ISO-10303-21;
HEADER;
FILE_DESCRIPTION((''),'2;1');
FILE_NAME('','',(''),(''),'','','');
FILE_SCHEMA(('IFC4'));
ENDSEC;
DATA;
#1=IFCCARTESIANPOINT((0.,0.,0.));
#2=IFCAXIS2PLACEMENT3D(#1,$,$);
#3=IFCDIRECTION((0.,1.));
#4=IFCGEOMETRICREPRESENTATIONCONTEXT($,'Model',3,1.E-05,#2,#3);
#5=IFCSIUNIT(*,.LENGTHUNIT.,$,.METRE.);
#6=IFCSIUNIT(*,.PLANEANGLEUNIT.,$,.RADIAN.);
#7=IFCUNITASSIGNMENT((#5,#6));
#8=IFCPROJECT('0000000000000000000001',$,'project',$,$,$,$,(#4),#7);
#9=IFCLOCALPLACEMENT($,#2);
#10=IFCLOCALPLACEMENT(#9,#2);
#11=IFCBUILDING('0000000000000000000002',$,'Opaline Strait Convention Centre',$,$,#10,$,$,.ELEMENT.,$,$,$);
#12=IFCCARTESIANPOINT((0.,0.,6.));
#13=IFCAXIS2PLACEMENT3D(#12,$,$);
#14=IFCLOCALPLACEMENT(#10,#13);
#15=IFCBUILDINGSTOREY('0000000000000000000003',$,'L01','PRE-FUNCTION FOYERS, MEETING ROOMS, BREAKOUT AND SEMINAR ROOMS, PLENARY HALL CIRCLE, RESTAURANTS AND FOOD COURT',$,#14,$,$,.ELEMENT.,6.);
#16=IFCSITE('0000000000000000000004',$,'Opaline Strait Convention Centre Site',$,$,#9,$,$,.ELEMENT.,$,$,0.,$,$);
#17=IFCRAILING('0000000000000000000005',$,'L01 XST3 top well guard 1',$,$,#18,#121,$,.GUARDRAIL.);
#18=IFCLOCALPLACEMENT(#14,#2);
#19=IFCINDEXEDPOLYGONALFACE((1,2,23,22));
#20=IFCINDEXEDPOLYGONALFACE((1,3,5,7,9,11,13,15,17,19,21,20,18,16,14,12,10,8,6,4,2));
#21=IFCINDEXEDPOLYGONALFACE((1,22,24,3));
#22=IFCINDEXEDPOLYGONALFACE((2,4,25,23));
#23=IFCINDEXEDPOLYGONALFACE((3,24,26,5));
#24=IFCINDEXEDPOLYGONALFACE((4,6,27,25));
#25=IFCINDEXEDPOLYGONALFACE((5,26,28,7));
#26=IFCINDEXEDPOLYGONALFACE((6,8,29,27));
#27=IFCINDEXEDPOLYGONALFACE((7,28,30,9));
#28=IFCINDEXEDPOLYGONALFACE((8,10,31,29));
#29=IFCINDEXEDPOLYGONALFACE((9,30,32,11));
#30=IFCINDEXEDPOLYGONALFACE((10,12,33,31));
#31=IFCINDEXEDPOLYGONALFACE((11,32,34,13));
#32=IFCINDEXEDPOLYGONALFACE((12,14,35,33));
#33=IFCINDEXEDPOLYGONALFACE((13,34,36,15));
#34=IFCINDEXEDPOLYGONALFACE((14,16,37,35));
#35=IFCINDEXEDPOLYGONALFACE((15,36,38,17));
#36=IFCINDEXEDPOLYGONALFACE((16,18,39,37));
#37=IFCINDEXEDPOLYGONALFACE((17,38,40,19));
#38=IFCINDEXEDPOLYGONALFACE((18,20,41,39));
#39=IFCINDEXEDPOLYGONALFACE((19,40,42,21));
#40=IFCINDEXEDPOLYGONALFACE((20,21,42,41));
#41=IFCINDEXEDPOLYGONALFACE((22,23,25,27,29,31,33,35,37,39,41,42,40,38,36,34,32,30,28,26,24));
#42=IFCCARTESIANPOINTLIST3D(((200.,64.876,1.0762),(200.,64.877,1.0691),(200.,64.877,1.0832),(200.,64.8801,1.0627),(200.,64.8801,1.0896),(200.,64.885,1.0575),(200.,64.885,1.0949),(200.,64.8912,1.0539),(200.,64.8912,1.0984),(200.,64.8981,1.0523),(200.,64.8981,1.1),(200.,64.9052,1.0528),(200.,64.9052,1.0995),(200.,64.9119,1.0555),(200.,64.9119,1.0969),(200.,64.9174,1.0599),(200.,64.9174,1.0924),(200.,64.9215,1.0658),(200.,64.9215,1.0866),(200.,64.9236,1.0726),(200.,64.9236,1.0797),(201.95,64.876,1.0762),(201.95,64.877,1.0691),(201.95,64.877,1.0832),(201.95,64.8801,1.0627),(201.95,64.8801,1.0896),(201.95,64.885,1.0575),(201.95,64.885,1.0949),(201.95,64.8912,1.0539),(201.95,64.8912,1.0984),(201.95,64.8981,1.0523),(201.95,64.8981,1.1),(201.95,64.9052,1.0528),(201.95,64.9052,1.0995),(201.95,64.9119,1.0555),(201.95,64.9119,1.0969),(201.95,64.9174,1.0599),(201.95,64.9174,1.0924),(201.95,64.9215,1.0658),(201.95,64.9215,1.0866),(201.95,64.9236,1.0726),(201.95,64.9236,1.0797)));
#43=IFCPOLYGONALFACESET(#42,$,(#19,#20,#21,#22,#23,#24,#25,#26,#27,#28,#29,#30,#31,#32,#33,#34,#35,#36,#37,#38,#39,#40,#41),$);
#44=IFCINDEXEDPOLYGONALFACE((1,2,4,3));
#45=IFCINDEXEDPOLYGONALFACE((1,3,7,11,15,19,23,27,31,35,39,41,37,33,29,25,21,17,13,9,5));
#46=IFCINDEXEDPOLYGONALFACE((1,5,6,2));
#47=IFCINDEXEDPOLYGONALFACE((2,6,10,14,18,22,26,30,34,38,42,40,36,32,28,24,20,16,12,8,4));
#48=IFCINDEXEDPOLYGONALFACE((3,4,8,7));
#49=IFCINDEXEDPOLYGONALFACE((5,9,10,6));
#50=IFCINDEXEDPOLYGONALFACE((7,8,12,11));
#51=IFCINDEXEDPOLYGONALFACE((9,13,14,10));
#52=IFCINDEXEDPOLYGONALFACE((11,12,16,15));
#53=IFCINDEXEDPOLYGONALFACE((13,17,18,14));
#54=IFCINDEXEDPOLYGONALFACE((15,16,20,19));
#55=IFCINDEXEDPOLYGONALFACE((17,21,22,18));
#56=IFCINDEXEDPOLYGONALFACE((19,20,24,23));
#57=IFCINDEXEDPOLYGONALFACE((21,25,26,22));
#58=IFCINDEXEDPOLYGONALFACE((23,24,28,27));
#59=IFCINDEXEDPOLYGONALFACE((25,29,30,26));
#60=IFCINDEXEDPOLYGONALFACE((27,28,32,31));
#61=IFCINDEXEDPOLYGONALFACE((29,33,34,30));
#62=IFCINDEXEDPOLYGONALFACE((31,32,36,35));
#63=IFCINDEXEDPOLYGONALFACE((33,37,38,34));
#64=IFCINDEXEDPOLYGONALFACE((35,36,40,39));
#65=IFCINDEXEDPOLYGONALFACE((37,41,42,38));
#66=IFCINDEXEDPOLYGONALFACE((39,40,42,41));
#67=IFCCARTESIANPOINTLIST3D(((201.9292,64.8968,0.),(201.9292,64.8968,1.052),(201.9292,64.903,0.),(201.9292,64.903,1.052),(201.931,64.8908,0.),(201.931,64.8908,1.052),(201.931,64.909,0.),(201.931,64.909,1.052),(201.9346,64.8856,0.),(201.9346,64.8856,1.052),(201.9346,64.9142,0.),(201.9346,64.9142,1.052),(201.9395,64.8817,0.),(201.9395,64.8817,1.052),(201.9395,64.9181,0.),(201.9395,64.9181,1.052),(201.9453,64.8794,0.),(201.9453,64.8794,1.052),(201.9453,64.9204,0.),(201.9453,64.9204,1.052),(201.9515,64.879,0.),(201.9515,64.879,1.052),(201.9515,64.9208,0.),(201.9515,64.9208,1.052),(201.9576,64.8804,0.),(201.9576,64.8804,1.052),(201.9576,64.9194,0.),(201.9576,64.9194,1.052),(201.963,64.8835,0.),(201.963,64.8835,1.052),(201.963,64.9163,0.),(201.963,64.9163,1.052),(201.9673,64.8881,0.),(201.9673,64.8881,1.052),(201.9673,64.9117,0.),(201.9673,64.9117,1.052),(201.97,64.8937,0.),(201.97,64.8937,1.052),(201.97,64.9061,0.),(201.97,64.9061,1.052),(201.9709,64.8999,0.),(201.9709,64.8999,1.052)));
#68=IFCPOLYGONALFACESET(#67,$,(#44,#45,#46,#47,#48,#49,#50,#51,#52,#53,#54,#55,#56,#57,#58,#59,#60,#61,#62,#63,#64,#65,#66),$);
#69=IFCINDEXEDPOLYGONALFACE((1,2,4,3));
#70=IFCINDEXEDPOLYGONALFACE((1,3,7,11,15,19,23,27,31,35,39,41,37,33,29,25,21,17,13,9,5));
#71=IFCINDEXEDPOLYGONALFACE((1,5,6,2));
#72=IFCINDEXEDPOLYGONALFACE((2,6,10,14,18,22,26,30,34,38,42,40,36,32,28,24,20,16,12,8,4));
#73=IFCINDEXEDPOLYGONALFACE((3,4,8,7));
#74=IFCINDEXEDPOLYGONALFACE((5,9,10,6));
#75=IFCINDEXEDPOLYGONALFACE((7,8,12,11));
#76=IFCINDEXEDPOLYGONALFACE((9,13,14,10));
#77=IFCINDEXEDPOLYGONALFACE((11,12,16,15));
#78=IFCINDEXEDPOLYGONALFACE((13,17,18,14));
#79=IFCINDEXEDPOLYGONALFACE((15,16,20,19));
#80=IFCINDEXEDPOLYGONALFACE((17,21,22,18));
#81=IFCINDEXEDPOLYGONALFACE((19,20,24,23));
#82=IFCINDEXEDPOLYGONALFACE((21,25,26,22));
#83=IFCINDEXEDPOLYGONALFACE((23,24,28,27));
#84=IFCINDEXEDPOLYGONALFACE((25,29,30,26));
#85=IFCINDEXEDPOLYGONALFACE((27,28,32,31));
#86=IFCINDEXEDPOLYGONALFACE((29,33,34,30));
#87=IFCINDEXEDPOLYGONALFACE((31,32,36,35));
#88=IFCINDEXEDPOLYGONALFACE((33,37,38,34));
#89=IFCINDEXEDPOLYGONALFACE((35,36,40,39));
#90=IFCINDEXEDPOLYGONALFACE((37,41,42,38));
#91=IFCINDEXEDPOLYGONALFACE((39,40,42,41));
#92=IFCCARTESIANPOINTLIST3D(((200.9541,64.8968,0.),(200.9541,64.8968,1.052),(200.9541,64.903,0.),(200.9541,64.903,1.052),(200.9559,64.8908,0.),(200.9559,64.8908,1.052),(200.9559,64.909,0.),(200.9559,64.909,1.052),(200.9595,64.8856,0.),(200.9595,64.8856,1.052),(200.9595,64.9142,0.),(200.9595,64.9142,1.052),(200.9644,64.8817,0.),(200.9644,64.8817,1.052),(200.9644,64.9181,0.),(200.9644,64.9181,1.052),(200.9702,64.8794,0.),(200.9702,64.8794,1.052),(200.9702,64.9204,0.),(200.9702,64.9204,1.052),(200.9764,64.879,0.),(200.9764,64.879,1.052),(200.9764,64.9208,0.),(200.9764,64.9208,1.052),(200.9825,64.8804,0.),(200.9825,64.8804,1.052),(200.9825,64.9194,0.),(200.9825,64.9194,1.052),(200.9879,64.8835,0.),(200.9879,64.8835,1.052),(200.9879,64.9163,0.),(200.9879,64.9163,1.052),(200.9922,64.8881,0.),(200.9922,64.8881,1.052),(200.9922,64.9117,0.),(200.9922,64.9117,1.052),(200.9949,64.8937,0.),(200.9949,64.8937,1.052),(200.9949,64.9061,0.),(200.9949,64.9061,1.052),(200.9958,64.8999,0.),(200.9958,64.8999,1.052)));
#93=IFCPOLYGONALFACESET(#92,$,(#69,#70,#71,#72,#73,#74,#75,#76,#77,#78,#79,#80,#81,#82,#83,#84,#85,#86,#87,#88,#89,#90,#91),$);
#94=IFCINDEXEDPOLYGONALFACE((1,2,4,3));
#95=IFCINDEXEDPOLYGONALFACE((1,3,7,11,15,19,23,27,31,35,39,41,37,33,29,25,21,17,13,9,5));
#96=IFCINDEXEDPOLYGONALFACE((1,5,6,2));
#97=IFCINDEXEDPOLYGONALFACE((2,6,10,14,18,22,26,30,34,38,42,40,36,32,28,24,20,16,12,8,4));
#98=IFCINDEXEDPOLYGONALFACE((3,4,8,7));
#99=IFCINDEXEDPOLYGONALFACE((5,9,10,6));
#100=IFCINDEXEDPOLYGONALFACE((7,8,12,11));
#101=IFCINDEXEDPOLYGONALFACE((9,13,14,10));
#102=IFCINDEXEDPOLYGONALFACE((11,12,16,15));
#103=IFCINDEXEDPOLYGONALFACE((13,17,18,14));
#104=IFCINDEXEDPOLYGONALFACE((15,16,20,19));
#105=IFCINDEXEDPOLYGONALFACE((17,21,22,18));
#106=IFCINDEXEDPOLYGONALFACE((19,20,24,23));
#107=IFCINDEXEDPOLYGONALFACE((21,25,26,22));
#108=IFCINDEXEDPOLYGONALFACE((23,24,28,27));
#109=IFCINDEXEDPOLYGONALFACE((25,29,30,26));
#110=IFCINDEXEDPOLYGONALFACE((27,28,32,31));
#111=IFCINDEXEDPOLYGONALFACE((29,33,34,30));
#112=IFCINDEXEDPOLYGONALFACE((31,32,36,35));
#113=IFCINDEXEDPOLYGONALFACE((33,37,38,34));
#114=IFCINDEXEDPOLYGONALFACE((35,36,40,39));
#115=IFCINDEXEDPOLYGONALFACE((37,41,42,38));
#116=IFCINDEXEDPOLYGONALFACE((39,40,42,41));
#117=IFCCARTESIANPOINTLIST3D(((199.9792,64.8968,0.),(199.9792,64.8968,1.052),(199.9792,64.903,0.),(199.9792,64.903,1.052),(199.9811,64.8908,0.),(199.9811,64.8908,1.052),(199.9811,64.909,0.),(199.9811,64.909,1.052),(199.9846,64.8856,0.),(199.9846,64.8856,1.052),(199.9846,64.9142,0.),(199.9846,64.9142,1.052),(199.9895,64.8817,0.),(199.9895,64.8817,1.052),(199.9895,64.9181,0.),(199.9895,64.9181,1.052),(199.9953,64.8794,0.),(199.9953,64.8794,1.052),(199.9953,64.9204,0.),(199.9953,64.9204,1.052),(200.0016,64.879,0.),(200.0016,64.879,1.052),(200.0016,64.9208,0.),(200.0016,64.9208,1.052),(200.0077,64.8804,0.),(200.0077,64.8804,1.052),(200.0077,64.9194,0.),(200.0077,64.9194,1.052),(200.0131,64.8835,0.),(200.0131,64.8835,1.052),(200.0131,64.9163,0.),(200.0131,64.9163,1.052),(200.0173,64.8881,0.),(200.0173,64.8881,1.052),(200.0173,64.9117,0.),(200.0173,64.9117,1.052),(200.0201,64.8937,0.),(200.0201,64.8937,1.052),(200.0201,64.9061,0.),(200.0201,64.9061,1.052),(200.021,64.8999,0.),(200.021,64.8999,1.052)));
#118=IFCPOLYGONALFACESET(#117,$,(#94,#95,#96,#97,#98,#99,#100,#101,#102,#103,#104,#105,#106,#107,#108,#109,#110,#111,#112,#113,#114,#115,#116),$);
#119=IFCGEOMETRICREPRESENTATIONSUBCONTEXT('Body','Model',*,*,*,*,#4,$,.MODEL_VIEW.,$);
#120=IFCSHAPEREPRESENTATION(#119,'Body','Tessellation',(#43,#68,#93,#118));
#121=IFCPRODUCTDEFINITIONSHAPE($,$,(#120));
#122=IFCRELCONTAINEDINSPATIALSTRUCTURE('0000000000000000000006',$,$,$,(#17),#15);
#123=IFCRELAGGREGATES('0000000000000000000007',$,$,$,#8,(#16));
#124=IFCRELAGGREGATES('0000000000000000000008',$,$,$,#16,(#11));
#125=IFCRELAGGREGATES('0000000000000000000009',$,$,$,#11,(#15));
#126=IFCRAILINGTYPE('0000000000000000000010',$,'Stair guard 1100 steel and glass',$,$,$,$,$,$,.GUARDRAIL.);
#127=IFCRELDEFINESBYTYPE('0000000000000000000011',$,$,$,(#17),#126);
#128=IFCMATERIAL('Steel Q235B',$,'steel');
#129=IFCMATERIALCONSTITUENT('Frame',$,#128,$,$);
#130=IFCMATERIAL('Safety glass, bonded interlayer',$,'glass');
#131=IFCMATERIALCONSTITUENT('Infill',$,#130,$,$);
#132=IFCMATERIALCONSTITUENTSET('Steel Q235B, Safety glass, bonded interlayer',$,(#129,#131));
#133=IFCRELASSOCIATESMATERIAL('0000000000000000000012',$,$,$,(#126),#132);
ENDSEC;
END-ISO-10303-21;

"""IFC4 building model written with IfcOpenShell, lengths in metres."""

from ifc_helpers import new_model, si_unit, direction, frame, origin, origin_2d, place, context, subcontext, project, spatial, circle, extrude, material, constituent, constituent_set, type_object, element, save


model = new_model("IFC4")

# Units and contexts
model_context = context("Model", 3, precision=1e-05, world=origin(), true_north=direction((0.0, 1.0)))
body_context = subcontext(model_context, "Body", "Model", "MODEL_VIEW")
ifc_project = project(units=[si_unit("LENGTHUNIT", "METRE"), si_unit("PLANEANGLEUNIT", "RADIAN")], contexts=[model_context])

# Site, building, storey
site_placement = place(None, origin())
site = spatial("IfcSite", under=ifc_project, at=site_placement, Name="Opaline Strait Convention Centre Site", CompositionType="ELEMENT", RefElevation=0.0)
building_placement = place(site_placement, origin())
building = spatial("IfcBuilding", under=site, at=building_placement, Name="Opaline Strait Convention Centre", CompositionType="ELEMENT")
storey_placement = place(building_placement, frame((0.0, 0.0, 6.0)))
storey = spatial("IfcBuildingStorey", under=building, at=storey_placement, Name="L01", Description="PRE-FUNCTION FOYERS, MEETING ROOMS, BREAKOUT AND SEMINAR ROOMS, PLENARY HALL CIRCLE, RESTAURANTS AND FOOD COURT", CompositionType="ELEMENT", Elevation=6.0)

# Shared definitions
ifc_material_1 = material(Name="Steel Q235B", Category="steel")

# Railing
ifc_constituent_1 = constituent(ifc_material_1, Name="Frame")
ifc_material_2 = material(Name="Safety glass, bonded interlayer", Category="glass")
ifc_constituent_2 = constituent(ifc_material_2, Name="Infill")
ifc_constituent_set = constituent_set(constituents=[ifc_constituent_1, ifc_constituent_2], Name="Steel Q235B, Safety glass, bonded interlayer")
railing_type = type_object("IfcRailingType", Name="Stair guard 1100 steel and glass", PredefinedType="GUARDRAIL", material=ifc_constituent_set)
railing_placement = place(storey_placement, frame((201.95, 64.8999, 0.0)))
element("IfcRailing", 1, at=railing_placement, inside=storey, type_object=railing_type, Name="L01 XST3 top well guard 1", PredefinedType="GUARDRAIL", context=body_context, shape_type="SweptSolid", body=[
    extrude(circle(Radius=0.0239, at=origin_2d()), frame((0.0, 0.0, 1.0762), z_axis=(-1.0, 0.0, 0.0), x_axis=(0.0, -1.0, 0.0)), (0.0, 0.0, 1.0), 1.95),
    extrude(circle(Radius=0.021, at=origin_2d()), origin(), (0.0, 0.0, 1.0), 1.052),
    extrude(circle(Radius=0.021, at=origin_2d()), frame((-0.9751, 0.0, 0.0)), (0.0, 0.0, 1.0), 1.052),
    extrude(circle(Radius=0.021, at=origin_2d()), frame((-1.95, 0.0, 0.0)), (0.0, 0.0, 1.0), 1.052),
])

save(model, "model.ifc")
